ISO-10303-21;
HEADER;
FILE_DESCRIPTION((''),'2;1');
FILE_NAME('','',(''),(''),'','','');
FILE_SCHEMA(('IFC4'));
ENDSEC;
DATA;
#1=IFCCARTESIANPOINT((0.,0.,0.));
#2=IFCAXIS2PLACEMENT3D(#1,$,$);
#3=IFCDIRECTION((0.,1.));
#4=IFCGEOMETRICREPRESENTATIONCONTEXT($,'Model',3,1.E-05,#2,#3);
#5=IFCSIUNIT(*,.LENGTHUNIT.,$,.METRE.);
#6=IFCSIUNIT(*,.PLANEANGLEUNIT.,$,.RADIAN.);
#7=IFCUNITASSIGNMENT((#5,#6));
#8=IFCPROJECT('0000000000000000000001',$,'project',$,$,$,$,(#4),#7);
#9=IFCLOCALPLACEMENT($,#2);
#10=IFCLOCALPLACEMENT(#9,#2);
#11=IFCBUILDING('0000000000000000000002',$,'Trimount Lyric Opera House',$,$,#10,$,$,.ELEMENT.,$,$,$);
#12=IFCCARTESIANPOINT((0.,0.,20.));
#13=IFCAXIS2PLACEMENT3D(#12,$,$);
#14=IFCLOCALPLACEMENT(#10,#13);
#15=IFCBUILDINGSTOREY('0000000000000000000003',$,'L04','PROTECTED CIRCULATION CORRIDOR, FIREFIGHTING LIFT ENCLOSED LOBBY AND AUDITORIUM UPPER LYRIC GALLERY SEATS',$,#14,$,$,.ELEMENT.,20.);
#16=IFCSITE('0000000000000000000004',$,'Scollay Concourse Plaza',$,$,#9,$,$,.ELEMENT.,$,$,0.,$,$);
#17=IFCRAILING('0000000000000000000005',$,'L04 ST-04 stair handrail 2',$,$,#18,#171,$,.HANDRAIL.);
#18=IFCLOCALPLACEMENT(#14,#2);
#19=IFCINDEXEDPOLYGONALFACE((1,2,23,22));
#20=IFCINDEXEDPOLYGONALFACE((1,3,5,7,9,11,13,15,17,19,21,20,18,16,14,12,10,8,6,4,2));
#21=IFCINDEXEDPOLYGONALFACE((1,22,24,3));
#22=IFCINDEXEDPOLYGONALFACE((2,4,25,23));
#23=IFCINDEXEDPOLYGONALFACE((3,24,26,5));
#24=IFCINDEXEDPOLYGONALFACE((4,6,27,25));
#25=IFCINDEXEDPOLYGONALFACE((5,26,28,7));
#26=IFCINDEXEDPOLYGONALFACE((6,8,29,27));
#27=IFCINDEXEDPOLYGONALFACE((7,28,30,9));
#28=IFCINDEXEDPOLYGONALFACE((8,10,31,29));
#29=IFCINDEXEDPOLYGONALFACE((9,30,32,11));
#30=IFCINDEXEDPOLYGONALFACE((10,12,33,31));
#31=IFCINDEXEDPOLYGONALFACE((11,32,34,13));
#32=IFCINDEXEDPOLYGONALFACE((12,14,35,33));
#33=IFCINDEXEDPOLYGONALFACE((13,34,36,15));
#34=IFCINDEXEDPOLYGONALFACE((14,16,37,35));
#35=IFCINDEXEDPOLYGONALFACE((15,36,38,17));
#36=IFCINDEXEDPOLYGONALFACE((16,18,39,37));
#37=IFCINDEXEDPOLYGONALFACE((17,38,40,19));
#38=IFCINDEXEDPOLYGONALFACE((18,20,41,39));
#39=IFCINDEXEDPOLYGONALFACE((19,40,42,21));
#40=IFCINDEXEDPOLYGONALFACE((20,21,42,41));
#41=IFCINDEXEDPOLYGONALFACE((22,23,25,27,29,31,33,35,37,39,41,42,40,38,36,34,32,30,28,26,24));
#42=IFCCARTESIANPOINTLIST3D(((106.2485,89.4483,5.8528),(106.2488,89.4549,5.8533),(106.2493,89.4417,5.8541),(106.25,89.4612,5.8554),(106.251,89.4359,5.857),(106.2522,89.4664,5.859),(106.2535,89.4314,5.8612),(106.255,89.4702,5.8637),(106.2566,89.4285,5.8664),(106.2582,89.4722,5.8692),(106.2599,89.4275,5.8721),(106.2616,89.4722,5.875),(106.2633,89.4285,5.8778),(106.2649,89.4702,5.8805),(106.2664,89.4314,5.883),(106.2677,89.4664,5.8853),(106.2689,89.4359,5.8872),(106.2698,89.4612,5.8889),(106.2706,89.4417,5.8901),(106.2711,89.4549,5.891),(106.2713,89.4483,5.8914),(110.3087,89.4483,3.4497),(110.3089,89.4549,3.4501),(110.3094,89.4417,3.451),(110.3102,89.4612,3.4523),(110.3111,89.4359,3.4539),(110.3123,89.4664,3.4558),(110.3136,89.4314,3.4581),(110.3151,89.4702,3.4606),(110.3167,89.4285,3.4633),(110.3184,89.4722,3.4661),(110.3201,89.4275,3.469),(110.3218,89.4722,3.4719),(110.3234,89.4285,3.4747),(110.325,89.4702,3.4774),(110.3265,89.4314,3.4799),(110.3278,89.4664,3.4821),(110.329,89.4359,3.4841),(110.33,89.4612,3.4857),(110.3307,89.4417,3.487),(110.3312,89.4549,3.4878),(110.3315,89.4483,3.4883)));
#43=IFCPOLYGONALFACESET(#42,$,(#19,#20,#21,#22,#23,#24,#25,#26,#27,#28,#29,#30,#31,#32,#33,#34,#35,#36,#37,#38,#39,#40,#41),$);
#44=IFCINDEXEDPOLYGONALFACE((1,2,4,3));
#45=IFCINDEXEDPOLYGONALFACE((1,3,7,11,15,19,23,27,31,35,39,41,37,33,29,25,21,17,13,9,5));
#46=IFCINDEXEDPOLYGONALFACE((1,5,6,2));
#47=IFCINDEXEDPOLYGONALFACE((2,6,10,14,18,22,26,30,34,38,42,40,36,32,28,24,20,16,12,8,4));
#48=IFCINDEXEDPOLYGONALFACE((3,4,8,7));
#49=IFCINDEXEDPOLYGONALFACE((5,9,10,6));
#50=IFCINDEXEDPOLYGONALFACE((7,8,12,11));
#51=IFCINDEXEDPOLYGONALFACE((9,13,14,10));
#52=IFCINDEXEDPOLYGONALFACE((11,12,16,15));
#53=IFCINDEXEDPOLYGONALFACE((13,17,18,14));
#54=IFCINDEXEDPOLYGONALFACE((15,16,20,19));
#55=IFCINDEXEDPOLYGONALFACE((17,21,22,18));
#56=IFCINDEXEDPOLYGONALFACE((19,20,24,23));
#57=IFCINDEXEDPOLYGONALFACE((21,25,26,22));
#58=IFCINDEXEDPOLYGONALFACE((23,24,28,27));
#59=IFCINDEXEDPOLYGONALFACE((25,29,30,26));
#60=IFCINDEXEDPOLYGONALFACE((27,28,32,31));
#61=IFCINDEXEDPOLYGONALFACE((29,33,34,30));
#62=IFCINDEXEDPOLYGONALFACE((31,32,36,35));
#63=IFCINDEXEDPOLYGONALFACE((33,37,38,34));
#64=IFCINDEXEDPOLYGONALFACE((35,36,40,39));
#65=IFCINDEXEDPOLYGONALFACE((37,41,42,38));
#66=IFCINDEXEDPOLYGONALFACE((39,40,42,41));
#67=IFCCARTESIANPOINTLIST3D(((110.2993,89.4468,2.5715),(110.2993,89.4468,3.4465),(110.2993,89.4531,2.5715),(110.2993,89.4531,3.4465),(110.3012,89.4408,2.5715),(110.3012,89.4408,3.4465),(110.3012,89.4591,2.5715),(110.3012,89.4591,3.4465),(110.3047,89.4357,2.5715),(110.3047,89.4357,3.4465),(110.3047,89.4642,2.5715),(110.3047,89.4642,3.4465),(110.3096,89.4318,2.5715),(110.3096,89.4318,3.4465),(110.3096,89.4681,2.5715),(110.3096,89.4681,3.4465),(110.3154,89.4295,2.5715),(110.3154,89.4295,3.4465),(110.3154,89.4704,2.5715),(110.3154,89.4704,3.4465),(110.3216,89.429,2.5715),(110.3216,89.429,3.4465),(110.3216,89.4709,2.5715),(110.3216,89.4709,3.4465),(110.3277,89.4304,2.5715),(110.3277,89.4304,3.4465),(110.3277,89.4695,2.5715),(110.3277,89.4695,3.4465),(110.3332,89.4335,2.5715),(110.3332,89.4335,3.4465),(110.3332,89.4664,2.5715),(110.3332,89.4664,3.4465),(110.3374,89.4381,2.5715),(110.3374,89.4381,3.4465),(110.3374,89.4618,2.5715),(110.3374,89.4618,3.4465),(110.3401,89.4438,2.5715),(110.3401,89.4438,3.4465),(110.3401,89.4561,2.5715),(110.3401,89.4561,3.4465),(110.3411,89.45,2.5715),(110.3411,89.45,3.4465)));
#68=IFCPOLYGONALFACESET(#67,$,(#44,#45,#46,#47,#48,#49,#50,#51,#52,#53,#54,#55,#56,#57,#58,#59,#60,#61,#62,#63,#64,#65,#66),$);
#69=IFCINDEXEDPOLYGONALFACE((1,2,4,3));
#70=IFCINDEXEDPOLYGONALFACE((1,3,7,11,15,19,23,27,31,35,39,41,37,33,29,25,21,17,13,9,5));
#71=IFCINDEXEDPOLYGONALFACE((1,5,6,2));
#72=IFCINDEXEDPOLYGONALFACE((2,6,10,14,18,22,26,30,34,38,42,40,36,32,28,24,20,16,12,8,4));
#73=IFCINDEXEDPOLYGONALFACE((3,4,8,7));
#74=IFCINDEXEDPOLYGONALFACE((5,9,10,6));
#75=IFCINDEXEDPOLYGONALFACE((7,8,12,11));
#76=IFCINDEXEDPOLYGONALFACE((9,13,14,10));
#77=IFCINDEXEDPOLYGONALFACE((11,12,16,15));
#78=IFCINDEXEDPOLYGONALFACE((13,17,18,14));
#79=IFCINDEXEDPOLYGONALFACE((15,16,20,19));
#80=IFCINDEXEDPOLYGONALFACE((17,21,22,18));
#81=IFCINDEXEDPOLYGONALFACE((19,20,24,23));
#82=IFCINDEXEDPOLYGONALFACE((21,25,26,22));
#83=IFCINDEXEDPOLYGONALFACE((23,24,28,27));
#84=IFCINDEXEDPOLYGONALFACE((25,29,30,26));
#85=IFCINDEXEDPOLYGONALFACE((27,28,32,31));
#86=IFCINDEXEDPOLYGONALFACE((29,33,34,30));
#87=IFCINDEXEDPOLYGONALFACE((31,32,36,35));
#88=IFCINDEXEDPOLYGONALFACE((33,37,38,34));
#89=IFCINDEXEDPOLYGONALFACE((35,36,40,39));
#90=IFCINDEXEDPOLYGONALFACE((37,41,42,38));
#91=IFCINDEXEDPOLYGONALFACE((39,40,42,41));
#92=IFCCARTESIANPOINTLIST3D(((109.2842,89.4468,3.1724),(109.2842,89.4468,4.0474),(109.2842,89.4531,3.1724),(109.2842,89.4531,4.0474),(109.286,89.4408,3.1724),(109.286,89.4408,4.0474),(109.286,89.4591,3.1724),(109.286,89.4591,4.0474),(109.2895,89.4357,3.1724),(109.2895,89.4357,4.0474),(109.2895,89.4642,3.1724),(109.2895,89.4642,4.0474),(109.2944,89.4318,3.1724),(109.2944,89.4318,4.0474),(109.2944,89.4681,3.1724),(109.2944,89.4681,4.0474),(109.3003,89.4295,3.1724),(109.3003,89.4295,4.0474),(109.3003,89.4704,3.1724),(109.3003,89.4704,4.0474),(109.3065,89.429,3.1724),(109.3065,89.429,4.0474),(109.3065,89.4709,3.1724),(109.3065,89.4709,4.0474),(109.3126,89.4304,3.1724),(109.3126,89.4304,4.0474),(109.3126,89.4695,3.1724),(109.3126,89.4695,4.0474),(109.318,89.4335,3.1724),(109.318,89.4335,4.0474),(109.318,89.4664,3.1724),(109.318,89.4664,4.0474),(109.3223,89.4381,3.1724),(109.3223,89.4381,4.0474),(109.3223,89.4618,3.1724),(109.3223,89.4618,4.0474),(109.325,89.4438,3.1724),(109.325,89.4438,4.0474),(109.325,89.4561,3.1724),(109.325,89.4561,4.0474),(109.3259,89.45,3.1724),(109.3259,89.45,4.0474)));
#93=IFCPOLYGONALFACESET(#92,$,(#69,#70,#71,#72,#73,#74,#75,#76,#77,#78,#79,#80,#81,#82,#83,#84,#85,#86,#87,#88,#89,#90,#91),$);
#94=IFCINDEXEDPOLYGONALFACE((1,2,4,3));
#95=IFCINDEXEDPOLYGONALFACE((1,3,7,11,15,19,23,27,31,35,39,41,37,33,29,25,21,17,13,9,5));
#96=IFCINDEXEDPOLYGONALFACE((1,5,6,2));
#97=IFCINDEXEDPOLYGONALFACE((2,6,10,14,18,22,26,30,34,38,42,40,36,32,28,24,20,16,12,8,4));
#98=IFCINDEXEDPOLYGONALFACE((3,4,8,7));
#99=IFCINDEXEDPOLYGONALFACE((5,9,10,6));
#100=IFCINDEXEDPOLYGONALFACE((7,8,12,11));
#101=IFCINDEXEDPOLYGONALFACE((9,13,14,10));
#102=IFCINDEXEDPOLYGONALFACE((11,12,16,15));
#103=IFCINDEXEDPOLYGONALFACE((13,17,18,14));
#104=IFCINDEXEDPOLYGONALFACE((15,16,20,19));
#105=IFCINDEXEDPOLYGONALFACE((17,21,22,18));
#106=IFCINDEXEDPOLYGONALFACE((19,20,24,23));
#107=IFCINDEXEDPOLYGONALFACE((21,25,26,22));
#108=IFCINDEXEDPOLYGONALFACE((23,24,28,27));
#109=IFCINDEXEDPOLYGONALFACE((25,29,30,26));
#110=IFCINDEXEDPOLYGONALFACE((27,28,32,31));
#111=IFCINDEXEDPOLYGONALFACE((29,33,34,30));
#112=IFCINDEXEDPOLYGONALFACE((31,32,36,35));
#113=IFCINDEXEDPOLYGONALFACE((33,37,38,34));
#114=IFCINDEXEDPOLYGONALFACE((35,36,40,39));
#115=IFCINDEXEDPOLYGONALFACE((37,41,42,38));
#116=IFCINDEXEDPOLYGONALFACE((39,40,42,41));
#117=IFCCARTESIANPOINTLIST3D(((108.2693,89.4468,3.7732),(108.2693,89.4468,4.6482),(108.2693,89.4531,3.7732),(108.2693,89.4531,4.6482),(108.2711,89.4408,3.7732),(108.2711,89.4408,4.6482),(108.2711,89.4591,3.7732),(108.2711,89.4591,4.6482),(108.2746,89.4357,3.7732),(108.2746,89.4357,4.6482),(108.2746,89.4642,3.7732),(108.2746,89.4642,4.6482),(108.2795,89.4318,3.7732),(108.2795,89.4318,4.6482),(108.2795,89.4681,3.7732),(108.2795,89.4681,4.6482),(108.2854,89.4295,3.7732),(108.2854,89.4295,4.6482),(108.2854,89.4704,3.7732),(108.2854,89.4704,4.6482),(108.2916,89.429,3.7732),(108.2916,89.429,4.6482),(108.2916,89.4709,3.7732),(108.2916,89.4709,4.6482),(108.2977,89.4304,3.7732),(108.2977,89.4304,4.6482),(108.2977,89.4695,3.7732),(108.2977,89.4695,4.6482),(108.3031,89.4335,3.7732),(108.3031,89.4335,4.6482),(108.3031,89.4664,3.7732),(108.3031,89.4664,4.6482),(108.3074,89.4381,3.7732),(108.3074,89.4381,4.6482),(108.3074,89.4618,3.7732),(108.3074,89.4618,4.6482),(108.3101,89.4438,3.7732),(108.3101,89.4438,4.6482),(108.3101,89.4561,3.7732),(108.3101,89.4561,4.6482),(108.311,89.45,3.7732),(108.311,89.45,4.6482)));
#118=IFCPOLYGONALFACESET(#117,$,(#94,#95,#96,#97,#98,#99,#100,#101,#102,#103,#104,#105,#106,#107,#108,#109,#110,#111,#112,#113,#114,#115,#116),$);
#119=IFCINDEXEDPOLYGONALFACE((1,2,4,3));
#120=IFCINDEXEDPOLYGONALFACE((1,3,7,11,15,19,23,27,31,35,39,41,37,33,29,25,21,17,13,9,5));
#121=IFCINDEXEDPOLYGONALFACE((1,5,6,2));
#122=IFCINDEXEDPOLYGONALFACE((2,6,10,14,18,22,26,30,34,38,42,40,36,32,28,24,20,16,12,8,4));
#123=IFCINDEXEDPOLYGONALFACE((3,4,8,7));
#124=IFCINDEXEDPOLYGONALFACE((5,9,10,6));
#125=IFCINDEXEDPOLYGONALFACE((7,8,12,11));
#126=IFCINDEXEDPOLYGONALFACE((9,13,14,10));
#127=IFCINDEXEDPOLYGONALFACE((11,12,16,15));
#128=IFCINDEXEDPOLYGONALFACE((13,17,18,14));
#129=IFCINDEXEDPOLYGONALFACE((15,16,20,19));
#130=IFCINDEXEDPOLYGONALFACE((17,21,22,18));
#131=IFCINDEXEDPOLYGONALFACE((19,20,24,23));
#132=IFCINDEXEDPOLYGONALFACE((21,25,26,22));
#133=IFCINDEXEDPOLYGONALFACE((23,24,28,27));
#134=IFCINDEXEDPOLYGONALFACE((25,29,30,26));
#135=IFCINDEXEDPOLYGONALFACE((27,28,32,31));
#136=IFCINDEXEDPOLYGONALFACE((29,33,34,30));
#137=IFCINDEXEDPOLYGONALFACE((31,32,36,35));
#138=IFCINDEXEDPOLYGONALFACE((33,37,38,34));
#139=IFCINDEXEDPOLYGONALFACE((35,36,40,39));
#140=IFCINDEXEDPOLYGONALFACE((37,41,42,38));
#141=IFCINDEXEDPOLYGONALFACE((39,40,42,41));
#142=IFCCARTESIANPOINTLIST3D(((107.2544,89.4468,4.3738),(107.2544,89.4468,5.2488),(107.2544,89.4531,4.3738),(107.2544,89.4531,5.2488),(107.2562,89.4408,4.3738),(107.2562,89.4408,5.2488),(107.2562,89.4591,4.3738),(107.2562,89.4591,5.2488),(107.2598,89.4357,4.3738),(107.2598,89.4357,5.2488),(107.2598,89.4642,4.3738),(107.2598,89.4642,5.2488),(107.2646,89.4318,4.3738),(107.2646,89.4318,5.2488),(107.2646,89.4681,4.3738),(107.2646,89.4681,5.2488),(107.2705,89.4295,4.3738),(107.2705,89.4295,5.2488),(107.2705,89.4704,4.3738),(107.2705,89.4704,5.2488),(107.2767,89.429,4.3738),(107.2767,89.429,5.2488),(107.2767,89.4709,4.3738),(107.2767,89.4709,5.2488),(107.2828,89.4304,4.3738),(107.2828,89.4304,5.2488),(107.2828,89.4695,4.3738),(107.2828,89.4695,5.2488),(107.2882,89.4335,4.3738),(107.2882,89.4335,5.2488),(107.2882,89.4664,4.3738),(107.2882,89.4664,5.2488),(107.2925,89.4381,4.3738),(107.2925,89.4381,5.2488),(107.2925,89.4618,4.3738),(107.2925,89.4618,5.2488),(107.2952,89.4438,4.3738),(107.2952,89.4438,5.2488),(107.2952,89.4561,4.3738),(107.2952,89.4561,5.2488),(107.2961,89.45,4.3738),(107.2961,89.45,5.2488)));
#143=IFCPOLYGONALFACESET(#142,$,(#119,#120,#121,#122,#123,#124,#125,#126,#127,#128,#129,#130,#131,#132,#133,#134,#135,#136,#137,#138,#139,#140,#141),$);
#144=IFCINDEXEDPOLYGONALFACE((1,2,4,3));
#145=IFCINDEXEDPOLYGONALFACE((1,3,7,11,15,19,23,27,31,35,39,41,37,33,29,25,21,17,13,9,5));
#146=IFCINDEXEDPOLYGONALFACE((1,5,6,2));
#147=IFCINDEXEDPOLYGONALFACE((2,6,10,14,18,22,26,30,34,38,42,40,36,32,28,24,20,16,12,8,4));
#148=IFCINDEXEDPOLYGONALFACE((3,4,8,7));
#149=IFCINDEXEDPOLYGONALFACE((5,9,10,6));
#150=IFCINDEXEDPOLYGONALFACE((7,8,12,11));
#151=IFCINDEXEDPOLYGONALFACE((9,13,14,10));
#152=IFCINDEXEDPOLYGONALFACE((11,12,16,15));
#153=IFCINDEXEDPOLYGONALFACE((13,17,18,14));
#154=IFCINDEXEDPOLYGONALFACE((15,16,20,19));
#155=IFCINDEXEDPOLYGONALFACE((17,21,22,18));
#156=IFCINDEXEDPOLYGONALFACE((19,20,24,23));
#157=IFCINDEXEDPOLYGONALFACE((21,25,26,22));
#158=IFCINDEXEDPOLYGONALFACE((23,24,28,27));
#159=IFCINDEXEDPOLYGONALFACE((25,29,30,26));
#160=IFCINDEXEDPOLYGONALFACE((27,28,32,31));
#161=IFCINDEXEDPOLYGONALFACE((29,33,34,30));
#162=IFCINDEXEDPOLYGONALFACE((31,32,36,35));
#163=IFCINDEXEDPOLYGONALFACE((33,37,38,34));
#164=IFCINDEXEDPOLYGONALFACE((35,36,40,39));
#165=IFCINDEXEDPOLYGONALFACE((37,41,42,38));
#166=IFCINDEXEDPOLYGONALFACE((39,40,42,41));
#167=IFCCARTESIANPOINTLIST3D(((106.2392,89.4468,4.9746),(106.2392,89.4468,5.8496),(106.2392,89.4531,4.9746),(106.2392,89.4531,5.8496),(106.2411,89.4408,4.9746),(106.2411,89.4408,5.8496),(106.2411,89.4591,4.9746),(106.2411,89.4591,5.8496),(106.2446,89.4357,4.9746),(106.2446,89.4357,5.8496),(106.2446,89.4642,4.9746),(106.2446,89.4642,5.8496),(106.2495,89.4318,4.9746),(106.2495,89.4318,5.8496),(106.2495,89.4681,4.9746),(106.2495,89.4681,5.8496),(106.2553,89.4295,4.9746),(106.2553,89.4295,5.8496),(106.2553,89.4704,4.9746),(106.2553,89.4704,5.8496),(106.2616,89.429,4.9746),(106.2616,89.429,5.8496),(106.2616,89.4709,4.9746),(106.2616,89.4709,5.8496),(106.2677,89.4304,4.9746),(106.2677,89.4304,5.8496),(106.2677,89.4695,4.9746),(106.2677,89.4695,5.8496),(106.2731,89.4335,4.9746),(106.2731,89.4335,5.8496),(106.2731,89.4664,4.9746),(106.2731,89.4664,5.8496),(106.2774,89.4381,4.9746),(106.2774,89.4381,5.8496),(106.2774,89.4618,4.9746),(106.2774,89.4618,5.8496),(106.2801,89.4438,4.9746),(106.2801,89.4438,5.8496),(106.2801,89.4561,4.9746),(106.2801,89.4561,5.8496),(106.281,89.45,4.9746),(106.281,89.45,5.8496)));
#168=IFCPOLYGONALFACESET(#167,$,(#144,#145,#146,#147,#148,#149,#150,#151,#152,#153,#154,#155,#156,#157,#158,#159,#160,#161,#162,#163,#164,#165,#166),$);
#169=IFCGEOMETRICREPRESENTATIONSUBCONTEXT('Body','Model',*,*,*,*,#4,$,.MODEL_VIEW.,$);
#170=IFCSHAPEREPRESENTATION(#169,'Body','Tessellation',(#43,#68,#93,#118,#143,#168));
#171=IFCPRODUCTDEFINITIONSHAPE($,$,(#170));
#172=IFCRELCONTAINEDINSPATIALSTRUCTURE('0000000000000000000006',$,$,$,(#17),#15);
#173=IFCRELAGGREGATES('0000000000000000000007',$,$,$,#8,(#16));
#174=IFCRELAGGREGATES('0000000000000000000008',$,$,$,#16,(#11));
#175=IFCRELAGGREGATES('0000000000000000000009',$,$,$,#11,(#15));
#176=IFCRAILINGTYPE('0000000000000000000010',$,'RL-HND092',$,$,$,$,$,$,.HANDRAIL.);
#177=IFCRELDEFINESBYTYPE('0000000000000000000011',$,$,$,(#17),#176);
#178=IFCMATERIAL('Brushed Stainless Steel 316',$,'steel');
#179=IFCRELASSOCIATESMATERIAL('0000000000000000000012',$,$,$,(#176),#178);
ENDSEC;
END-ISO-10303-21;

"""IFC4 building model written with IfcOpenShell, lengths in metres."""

from ifc_helpers import new_model, si_unit, direction, frame, origin, origin_2d, place, context, subcontext, project, spatial, circle, extrude, material, type_object, element, save


model = new_model("IFC4")

# Units and contexts
model_context = context("Model", 3, precision=1e-05, world=origin(), true_north=direction((0.0, 1.0)))
body_context = subcontext(model_context, "Body", "Model", "MODEL_VIEW")
ifc_project = project(units=[si_unit("LENGTHUNIT", "METRE"), si_unit("PLANEANGLEUNIT", "RADIAN")], contexts=[model_context])

# Site, building, storey
site_placement = place(None, origin())
site = spatial("IfcSite", under=ifc_project, at=site_placement, Name="Scollay Concourse Plaza", CompositionType="ELEMENT", RefElevation=0.0)
building_placement = place(site_placement, origin())
building = spatial("IfcBuilding", under=site, at=building_placement, Name="Trimount Lyric Opera House", CompositionType="ELEMENT")
storey_placement = place(building_placement, frame((0.0, 0.0, 20.0)))
storey = spatial("IfcBuildingStorey", under=building, at=storey_placement, Name="L04", Description="PROTECTED CIRCULATION CORRIDOR, FIREFIGHTING LIFT ENCLOSED LOBBY AND AUDITORIUM UPPER LYRIC GALLERY SEATS", CompositionType="ELEMENT", Elevation=20.0)

# Railing
ifc_material_1 = material(Name="Brushed Stainless Steel 316", Category="steel")
railing_type_1 = type_object("IfcRailingType", Name="RL-HND092", PredefinedType="HANDRAIL", material=ifc_material_1)
railing_1_placement = place(storey_placement, frame((110.3201, 89.45, 2.5715)))
element("IfcRailing", 1, at=railing_1_placement, inside=storey, type_object=railing_type_1, Name="L04 ST-04 stair handrail 2", PredefinedType="HANDRAIL", context=body_context, shape_type="SweptSolid", body=[
    extrude(circle(Radius=0.0225, at=origin_2d()), frame((0.0, 0.0, 0.8975), z_axis=(-0.86056, 0.0, 0.50935), x_axis=(0.0, -1.0, 0.0)), (0.0, 0.0, 1.0), 4.718),
    extrude(circle(Radius=0.021, at=origin_2d()), origin(), (0.0, 0.0, 1.0), 0.875),
    extrude(circle(Radius=0.021, at=origin_2d()), frame((-1.0151, 0.0, 0.6008)), (0.0, 0.0, 1.0), 0.875),
    extrude(circle(Radius=0.021, at=origin_2d()), frame((-2.03, 0.0, 1.2017)), (0.0, 0.0, 1.0), 0.875),
    extrude(circle(Radius=0.021, at=origin_2d()), frame((-3.0449, 0.0, 1.8022)), (0.0, 0.0, 1.0), 0.875),
    extrude(circle(Radius=0.021, at=origin_2d()), frame((-4.0601, 0.0, 2.4031)), (0.0, 0.0, 1.0), 0.875),
])

save(model, "model.ifc")
